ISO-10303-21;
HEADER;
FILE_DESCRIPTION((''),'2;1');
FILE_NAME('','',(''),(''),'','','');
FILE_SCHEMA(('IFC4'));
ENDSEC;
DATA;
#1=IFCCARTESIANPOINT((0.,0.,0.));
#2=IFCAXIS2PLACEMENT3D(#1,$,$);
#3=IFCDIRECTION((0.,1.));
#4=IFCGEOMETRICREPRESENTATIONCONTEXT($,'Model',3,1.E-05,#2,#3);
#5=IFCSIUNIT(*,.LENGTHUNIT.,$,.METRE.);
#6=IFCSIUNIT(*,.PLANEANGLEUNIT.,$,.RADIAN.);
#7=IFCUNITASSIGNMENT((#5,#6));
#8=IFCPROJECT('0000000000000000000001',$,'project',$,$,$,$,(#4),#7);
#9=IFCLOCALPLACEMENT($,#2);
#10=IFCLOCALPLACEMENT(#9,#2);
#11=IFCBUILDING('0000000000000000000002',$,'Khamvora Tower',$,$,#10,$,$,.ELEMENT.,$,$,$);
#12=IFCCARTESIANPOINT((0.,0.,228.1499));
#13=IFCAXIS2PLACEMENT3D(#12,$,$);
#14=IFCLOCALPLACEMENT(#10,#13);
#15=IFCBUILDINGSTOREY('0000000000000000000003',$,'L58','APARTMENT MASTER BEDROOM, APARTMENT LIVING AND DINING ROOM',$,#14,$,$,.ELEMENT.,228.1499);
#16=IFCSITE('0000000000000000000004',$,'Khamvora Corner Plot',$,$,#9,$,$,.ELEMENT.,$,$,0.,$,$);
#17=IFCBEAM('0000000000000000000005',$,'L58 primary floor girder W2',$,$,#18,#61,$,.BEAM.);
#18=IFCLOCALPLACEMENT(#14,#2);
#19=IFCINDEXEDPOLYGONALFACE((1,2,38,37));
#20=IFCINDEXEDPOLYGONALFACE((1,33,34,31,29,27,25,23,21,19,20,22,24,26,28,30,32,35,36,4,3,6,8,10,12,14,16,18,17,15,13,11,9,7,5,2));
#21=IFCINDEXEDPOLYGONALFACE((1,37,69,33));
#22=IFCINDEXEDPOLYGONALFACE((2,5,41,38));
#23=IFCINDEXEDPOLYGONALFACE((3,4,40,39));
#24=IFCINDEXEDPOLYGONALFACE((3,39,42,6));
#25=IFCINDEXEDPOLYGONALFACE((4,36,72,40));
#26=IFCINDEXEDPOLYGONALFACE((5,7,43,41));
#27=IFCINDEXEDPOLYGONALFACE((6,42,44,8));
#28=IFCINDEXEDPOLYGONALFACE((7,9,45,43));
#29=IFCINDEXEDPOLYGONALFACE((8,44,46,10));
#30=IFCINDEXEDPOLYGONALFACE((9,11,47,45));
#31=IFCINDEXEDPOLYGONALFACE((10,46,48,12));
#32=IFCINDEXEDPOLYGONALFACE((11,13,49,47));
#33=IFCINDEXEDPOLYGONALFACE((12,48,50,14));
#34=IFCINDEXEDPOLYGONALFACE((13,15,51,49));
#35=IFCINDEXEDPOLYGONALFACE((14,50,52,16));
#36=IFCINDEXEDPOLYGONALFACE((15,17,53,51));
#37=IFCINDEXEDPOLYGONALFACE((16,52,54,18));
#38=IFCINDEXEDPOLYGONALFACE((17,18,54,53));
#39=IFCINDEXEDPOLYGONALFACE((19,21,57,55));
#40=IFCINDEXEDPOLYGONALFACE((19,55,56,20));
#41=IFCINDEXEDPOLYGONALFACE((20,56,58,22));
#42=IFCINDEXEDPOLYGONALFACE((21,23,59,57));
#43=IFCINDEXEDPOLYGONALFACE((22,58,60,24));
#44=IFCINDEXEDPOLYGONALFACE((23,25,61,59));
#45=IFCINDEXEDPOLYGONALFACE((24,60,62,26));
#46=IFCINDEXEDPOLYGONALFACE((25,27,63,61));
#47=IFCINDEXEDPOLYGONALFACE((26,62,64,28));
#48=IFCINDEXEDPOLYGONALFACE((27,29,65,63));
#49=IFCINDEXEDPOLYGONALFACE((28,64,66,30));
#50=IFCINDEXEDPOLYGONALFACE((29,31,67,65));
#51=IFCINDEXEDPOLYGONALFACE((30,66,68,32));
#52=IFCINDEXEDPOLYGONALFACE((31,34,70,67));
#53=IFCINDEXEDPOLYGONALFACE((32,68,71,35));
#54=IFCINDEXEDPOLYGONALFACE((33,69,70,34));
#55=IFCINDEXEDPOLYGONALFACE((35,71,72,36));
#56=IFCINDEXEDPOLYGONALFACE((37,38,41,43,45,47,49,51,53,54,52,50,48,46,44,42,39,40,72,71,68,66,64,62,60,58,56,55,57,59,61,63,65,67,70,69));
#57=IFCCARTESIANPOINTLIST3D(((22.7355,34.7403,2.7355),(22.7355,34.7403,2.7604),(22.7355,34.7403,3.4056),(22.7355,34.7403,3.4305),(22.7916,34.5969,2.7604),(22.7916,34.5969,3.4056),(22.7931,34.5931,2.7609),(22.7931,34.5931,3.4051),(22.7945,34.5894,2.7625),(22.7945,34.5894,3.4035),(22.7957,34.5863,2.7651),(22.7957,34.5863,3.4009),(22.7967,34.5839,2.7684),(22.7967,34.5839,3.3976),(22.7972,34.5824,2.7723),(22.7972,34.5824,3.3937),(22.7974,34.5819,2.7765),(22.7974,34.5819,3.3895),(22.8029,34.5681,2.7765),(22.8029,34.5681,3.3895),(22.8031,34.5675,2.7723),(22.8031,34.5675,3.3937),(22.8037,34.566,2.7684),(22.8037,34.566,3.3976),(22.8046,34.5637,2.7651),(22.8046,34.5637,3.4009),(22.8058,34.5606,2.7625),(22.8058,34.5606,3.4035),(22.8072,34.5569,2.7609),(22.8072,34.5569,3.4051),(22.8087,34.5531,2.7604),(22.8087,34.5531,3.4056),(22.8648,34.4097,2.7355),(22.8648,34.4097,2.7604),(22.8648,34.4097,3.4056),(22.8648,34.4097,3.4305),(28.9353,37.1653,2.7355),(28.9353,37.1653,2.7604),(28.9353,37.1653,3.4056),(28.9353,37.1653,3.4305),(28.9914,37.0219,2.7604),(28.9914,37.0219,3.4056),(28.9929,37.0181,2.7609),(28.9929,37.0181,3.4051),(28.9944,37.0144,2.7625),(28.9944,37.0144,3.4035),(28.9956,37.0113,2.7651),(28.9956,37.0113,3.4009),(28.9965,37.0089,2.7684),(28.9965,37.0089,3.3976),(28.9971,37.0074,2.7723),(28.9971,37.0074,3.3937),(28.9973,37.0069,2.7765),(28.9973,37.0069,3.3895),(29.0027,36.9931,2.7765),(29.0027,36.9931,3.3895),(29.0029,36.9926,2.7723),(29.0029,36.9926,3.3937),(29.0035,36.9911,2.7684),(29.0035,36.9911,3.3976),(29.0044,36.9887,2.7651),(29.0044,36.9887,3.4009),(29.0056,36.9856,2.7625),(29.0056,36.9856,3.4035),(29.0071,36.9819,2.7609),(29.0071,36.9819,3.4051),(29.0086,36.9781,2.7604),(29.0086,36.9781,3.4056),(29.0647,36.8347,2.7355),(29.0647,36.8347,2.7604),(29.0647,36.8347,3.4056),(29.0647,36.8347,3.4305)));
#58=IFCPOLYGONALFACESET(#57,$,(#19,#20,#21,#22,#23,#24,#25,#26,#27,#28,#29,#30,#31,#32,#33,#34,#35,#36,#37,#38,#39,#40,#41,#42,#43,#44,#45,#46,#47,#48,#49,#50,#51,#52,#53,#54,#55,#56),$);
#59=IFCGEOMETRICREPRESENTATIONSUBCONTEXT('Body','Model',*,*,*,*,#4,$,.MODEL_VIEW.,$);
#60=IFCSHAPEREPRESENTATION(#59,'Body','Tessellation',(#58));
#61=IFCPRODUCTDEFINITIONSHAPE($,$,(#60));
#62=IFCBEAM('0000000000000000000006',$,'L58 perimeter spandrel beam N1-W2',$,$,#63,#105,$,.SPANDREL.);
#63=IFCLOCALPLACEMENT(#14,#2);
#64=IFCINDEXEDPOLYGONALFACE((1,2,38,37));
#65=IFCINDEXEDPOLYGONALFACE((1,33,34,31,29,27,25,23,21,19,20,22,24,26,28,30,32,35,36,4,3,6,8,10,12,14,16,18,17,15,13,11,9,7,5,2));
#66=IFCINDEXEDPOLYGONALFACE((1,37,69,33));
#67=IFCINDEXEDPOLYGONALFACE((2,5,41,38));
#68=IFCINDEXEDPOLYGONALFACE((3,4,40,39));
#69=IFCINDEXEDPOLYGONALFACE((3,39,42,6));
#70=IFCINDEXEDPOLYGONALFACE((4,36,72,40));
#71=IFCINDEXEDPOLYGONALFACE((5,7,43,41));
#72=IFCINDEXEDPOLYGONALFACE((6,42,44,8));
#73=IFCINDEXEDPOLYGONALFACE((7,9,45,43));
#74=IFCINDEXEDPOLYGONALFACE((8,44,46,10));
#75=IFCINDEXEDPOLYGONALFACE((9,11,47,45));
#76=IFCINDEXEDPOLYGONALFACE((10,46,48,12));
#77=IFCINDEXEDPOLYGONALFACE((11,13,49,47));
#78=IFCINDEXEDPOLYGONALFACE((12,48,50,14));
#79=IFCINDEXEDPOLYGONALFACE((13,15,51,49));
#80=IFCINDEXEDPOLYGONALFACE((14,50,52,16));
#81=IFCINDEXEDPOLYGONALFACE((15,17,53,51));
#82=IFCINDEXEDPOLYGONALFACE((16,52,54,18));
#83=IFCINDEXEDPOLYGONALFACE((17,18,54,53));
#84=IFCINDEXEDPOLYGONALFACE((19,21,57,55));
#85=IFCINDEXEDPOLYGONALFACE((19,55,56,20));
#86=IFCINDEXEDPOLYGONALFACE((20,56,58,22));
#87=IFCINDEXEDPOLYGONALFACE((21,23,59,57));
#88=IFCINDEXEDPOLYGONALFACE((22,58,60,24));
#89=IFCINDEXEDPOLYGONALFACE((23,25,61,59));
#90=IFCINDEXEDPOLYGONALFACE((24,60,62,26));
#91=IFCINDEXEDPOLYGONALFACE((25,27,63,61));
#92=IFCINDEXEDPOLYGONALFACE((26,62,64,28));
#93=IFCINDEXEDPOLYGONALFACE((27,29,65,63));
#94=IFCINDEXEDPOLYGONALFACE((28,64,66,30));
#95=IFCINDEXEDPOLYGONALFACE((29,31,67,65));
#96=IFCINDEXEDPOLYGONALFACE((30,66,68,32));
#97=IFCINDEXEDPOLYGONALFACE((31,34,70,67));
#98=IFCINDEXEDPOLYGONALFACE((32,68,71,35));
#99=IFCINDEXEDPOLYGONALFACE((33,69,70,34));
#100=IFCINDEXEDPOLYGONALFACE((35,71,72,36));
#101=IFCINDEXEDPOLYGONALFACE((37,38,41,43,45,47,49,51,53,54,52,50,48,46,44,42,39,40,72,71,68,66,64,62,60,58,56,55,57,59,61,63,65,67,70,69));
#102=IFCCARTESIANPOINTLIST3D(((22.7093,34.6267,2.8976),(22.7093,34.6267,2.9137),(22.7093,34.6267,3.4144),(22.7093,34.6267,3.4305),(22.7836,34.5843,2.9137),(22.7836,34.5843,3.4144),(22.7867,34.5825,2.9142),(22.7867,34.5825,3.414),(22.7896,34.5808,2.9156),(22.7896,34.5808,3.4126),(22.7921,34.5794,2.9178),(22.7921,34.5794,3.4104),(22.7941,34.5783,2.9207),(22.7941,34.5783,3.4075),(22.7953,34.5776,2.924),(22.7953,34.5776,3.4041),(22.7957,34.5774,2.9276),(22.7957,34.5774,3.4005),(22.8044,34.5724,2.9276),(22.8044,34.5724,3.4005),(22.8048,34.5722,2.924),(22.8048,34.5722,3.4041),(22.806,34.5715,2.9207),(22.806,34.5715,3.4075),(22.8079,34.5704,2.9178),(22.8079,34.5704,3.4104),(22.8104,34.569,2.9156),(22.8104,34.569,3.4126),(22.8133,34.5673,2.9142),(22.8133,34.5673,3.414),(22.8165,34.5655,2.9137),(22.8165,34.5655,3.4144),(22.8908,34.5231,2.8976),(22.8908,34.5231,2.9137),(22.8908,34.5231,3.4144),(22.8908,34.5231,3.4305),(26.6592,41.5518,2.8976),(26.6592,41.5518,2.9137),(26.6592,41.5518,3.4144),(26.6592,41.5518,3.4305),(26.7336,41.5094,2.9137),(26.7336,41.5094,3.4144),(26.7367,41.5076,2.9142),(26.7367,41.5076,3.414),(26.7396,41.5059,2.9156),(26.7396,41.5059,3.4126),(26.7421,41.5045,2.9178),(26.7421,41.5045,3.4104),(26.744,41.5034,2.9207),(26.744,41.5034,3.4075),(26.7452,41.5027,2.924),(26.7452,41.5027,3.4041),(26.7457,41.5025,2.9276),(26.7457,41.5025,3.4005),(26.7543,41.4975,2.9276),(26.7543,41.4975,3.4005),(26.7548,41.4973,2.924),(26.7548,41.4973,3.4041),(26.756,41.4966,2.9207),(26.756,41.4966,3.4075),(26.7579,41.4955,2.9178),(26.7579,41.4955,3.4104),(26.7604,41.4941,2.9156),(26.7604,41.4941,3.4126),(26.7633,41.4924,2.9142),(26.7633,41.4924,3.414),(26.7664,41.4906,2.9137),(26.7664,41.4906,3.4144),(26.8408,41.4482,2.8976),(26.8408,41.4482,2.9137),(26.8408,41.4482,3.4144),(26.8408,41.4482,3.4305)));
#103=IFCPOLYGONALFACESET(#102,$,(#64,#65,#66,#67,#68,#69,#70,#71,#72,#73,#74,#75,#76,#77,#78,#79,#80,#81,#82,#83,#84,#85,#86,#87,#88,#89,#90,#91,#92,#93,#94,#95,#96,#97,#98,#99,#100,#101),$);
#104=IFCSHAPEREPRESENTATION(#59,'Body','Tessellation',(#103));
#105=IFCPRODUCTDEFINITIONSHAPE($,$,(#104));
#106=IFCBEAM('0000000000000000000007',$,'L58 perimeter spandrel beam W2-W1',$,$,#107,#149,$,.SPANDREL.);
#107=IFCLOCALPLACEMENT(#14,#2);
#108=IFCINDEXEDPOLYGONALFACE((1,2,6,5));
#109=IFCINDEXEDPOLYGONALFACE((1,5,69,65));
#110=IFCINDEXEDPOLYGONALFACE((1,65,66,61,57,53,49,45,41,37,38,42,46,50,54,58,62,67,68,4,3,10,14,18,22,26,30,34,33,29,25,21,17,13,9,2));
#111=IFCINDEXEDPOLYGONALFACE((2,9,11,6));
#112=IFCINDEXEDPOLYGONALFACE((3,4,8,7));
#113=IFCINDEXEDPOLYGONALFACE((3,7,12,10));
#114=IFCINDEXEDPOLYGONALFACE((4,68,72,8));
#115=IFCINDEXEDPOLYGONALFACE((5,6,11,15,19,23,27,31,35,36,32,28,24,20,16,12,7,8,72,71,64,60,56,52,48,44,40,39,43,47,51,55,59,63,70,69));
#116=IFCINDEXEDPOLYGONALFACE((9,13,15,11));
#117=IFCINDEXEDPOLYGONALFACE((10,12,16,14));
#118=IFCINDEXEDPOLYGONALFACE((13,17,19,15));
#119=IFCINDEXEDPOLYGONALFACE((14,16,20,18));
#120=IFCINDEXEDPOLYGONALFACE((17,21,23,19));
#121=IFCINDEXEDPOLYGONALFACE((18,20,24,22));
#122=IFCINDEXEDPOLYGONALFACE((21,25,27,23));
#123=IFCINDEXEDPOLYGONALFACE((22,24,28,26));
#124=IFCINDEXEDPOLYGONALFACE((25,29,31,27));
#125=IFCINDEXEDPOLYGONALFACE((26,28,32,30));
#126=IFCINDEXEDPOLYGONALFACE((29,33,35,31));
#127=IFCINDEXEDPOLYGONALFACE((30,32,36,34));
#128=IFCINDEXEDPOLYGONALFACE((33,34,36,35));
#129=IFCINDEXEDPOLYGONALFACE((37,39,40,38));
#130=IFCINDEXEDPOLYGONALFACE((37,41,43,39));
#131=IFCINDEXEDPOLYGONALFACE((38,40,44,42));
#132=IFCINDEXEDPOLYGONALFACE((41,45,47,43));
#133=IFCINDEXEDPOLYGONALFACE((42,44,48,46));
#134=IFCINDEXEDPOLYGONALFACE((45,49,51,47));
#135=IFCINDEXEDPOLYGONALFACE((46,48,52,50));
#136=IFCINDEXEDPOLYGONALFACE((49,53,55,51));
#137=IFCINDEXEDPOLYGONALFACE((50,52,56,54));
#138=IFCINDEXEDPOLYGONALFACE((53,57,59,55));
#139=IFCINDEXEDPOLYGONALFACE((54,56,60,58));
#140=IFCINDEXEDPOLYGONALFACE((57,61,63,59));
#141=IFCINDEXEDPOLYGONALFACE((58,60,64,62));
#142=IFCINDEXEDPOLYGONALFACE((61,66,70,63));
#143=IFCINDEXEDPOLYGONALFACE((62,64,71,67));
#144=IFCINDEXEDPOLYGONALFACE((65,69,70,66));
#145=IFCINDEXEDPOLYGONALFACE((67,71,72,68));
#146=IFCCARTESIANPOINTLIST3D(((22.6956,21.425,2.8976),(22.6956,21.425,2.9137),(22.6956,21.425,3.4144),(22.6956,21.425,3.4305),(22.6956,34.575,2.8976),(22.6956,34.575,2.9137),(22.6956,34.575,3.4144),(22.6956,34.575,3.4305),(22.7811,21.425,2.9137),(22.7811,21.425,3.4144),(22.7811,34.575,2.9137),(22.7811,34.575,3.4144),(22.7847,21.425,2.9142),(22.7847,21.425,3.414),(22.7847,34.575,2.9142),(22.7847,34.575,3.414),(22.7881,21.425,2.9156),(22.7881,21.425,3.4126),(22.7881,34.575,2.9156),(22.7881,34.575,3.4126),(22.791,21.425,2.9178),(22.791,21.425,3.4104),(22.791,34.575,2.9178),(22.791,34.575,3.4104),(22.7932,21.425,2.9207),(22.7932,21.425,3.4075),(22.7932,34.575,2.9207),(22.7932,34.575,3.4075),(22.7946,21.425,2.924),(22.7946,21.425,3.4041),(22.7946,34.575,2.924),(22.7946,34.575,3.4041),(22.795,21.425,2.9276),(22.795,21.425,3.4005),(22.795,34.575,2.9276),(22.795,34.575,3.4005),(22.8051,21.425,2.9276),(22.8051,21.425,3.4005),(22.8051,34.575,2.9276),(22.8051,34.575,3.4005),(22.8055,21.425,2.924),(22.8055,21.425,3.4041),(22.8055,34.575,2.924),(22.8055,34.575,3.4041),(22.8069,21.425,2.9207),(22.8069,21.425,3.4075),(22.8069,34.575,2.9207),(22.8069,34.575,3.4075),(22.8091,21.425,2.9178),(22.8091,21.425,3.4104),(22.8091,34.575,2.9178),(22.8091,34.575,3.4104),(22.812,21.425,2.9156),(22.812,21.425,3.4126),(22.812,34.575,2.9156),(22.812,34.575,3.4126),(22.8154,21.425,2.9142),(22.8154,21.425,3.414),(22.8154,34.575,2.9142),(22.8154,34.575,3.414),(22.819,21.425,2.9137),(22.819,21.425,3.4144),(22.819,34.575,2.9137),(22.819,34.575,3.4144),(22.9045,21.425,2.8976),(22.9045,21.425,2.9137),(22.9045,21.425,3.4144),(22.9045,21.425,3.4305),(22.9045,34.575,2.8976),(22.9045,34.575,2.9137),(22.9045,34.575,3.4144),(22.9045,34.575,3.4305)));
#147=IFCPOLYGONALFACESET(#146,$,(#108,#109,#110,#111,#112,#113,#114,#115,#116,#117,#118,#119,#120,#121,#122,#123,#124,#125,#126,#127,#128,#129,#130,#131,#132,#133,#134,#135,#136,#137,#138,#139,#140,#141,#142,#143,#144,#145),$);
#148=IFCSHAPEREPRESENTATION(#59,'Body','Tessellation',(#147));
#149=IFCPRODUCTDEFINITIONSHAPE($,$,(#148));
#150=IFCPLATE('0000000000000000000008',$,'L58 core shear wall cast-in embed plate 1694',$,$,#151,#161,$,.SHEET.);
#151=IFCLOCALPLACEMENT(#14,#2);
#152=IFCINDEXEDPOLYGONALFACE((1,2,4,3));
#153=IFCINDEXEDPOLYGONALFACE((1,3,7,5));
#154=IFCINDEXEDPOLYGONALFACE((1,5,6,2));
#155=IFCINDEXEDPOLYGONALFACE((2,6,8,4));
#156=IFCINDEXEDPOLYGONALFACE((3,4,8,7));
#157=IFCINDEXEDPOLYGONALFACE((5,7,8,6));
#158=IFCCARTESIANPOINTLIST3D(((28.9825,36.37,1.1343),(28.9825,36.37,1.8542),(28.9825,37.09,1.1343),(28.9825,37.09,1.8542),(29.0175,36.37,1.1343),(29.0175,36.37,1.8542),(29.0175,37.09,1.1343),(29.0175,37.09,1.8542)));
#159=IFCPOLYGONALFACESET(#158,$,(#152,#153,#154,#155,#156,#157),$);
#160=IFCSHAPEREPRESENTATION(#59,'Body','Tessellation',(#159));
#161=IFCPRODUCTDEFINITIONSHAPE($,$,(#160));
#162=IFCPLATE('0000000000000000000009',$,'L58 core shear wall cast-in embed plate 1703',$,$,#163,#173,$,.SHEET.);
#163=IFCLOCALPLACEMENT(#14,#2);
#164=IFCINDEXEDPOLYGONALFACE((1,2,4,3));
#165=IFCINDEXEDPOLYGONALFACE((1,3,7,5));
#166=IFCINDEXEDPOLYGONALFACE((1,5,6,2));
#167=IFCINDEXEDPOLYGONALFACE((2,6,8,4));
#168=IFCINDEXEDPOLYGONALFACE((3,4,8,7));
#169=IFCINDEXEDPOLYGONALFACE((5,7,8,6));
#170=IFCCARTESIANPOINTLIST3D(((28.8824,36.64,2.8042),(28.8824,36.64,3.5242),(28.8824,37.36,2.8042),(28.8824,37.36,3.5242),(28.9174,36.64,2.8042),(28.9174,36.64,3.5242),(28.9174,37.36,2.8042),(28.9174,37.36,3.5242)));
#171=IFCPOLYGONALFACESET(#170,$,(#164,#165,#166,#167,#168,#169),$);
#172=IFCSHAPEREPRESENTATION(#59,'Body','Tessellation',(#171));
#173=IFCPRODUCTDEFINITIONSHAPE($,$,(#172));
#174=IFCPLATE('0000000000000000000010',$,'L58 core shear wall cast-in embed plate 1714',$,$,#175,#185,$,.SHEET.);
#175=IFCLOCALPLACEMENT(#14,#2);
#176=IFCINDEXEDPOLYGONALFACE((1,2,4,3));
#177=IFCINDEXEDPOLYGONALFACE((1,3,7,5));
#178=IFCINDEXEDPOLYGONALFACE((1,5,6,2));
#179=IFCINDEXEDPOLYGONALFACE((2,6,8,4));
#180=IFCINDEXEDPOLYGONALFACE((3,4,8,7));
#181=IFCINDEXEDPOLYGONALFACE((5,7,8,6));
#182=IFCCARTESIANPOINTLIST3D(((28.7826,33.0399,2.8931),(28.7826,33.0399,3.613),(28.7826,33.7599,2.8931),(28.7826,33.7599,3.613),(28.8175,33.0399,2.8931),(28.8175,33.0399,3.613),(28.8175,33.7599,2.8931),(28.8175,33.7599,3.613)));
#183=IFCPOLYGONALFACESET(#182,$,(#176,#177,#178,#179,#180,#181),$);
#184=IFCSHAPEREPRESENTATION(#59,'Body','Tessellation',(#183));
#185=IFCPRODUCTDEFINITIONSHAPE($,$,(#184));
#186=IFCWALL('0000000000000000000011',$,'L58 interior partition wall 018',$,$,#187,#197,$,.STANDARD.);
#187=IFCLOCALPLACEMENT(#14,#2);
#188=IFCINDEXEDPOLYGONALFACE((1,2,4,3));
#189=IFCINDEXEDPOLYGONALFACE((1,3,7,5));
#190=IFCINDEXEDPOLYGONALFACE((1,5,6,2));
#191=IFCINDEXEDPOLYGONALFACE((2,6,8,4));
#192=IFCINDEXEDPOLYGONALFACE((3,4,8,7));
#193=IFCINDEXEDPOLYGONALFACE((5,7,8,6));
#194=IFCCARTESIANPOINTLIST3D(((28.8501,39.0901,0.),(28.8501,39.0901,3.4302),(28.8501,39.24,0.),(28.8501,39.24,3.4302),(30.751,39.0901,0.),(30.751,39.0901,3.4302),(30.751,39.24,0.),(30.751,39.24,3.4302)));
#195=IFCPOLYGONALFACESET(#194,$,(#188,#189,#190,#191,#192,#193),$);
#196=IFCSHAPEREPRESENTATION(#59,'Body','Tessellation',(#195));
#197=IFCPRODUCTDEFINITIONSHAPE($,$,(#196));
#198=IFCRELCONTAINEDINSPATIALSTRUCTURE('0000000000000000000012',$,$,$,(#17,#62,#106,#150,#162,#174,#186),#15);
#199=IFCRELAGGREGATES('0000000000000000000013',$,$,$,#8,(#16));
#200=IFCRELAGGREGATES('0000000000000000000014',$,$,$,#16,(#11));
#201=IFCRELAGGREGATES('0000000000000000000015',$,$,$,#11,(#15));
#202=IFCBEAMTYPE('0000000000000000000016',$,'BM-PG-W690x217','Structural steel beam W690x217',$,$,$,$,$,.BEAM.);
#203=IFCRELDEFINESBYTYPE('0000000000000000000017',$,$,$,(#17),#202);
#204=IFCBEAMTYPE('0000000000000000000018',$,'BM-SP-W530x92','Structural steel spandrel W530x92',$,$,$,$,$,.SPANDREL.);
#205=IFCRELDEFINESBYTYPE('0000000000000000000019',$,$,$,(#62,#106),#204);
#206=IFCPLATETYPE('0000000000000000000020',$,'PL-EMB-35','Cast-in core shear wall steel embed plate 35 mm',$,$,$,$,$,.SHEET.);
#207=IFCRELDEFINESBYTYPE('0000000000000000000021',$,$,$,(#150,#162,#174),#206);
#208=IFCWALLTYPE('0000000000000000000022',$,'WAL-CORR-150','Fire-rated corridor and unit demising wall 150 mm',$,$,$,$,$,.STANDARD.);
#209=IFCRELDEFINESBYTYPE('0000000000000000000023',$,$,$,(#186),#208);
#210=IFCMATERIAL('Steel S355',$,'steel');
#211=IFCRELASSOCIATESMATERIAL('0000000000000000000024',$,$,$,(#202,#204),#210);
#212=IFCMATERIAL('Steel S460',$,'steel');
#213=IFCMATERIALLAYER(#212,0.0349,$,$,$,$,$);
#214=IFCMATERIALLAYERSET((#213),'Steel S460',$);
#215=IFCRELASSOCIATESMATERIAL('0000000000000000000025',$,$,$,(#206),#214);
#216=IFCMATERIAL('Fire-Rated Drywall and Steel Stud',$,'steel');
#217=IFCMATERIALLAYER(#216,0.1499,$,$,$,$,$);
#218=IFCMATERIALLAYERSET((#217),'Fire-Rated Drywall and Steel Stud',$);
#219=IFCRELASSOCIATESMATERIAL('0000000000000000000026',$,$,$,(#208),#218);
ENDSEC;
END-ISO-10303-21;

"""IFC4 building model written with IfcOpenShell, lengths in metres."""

from ifc_helpers import new_model, si_unit, direction, frame, frame_2d, origin, origin_2d, place, context, subcontext, project, spatial, rectangle, i_section, extrude, material, layer, layer_set, material_profile, profile_set, type_object, element, save


model = new_model("IFC4")

# Units and contexts
model_context = context("Model", 3, precision=1e-05, world=origin(), true_north=direction((0.0, 1.0)))
body_context = subcontext(model_context, "Body", "Model", "MODEL_VIEW")
ifc_project = project(units=[si_unit("LENGTHUNIT", "METRE"), si_unit("PLANEANGLEUNIT", "RADIAN")], contexts=[model_context])

# Site, building, storey
site_placement = place(None, origin())
site = spatial("IfcSite", under=ifc_project, at=site_placement, Name="Khamvora Corner Plot", CompositionType="ELEMENT", RefElevation=0.0)
building_placement = place(site_placement, origin())
building = spatial("IfcBuilding", under=site, at=building_placement, Name="Khamvora Tower", CompositionType="ELEMENT")
storey_placement = place(building_placement, frame((0.0, 0.0, 228.1499)))
storey = spatial("IfcBuildingStorey", under=building, at=storey_placement, Name="L58", Description="APARTMENT MASTER BEDROOM, APARTMENT LIVING AND DINING ROOM", CompositionType="ELEMENT", Elevation=228.1499)

# Shared definitions
ifc_material_1 = material(Name="Steel S460", Category="steel")
ifc_material_2 = material(Name="Steel S355", Category="steel")

# Beams
ifc_material_profile_1 = material_profile(ifc_material_2, i_section(OverallWidth=0.355, OverallDepth=0.6951, WebThickness=0.0149, FlangeThickness=0.0249, FilletRadius=0.0161, at=origin_2d()), Name="W690x217")
ifc_profile_set_1 = profile_set([ifc_material_profile_1], Name="Steel S355")
beam_type_1 = type_object("IfcBeamType", Name="BM-PG-W690x217", Description="Structural steel beam W690x217", PredefinedType="BEAM", material=ifc_profile_set_1)
beam_1_placement = place(storey_placement, frame((29.0, 37.0, 3.083), z_axis=(-0.931295, -0.364267, 0.0), x_axis=(0.364267, -0.931295, 0.0)))
element("IfcBeam", 1, at=beam_1_placement, inside=storey, type_object=beam_type_1, Name="L58 primary floor girder W2", PredefinedType="BEAM", context=body_context, shape_type="SweptSolid", body=[
    extrude(i_section(OverallWidth=0.355, OverallDepth=0.6951, WebThickness=0.0149, FlangeThickness=0.0249, FilletRadius=0.0161, at=origin_2d()), origin(), (0.0, 0.0, 1.0), 6.6572),
])
ifc_material_profile_2 = material_profile(ifc_material_2, i_section(OverallWidth=0.209, OverallDepth=0.533, WebThickness=0.01, FlangeThickness=0.0161, FilletRadius=0.0139, at=origin_2d()), Name="W530x92")
ifc_profile_set_2 = profile_set([ifc_material_profile_2], Name="Steel S355")
beam_type_2 = type_object("IfcBeamType", Name="BM-SP-W530x92", Description="Structural steel spandrel W530x92", PredefinedType="SPANDREL", material=ifc_profile_set_2)
beam_2_placement = place(storey_placement, frame((26.75, 41.5, 3.1641), z_axis=(-0.495456, -0.868633, 0.0), x_axis=(0.868633, -0.495456, 0.0)))
element("IfcBeam", 2, at=beam_2_placement, inside=storey, type_object=beam_type_2, Name="L58 perimeter spandrel beam N1-W2", PredefinedType="SPANDREL", context=body_context, shape_type="SweptSolid", body=[
    extrude(i_section(OverallWidth=0.209, OverallDepth=0.533, WebThickness=0.01, FlangeThickness=0.0161, FilletRadius=0.0139, at=origin_2d()), origin(), (0.0, 0.0, 1.0), 7.9724),
])
beam_3_placement = place(storey_placement, frame((22.8, 34.575, 3.1641), z_axis=(0.0, -1.0, 0.0), x_axis=(1.0, 0.0, 0.0)))
element("IfcBeam", 3, at=beam_3_placement, inside=storey, type_object=beam_type_2, Name="L58 perimeter spandrel beam W2-W1", PredefinedType="SPANDREL", context=body_context, shape_type="SweptSolid", body=[
    extrude(i_section(OverallWidth=0.209, OverallDepth=0.533, WebThickness=0.01, FlangeThickness=0.0161, FilletRadius=0.0139, at=origin_2d()), origin(), (0.0, 0.0, 1.0), 13.1499),
])

# Plates
ifc_layer_1 = layer(ifc_material_1, 0.0349)
ifc_layer_set_1 = layer_set([ifc_layer_1], Name="Steel S460")
plate_type = type_object("IfcPlateType", Name="PL-EMB-35", Description="Cast-in core shear wall steel embed plate 35 mm", PredefinedType="SHEET", material=ifc_layer_set_1)
for number, where, z_axis, x_axis, name in (
    (4, (29.0, 36.73, 1.1343), (0.0, 0.0, 1.0), (1.0, 0.0, 0.0), "L58 core shear wall cast-in embed plate 1694"),
    (5, (28.8999, 37.0, 2.8042), (0.0, 0.0, 1.0), (1.0, 0.0, 0.0), "L58 core shear wall cast-in embed plate 1703"),
    (6, (28.8, 33.3999, 2.8931), (0.0, 0.0, 1.0), (1.0, 0.0, 0.0), "L58 core shear wall cast-in embed plate 1714"),
):
    element("IfcPlate", number, at=place(storey_placement, frame(where, z_axis=z_axis, x_axis=x_axis)), inside=storey, type_object=plate_type, Name=name, PredefinedType="SHEET", context=body_context, shape_type="SweptSolid", body=[
        extrude(rectangle(XDim=0.0349, YDim=0.72, at=origin_2d()), origin(), (0.0, 0.0, 1.0), 0.72),
    ])

# Wall
ifc_material_3 = material(Name="Fire-Rated Drywall and Steel Stud", Category="steel")
ifc_layer_2 = layer(ifc_material_3, 0.1499)
ifc_layer_set_2 = layer_set([ifc_layer_2], Name="Fire-Rated Drywall and Steel Stud")
wall_type_1 = type_object("IfcWallType", Name="WAL-CORR-150", Description="Fire-rated corridor and unit demising wall 150 mm", PredefinedType="STANDARD", material=ifc_layer_set_2)
wall_1_placement = place(storey_placement, frame((28.8501, 39.165, 0.0), z_axis=(0.0, 0.0, 1.0), x_axis=(1.0, 0.0, 0.0)))
element("IfcWall", 7, at=wall_1_placement, inside=storey, type_object=wall_type_1, Name="L58 interior partition wall 018", PredefinedType="STANDARD", context=body_context, shape_type="SweptSolid", body=[
    extrude(rectangle(XDim=1.9009, YDim=0.1499, at=frame_2d((0.9504, 0.0))), origin(), (0.0, 0.0, 1.0), 3.4302),
])

save(model, "model.ifc")
